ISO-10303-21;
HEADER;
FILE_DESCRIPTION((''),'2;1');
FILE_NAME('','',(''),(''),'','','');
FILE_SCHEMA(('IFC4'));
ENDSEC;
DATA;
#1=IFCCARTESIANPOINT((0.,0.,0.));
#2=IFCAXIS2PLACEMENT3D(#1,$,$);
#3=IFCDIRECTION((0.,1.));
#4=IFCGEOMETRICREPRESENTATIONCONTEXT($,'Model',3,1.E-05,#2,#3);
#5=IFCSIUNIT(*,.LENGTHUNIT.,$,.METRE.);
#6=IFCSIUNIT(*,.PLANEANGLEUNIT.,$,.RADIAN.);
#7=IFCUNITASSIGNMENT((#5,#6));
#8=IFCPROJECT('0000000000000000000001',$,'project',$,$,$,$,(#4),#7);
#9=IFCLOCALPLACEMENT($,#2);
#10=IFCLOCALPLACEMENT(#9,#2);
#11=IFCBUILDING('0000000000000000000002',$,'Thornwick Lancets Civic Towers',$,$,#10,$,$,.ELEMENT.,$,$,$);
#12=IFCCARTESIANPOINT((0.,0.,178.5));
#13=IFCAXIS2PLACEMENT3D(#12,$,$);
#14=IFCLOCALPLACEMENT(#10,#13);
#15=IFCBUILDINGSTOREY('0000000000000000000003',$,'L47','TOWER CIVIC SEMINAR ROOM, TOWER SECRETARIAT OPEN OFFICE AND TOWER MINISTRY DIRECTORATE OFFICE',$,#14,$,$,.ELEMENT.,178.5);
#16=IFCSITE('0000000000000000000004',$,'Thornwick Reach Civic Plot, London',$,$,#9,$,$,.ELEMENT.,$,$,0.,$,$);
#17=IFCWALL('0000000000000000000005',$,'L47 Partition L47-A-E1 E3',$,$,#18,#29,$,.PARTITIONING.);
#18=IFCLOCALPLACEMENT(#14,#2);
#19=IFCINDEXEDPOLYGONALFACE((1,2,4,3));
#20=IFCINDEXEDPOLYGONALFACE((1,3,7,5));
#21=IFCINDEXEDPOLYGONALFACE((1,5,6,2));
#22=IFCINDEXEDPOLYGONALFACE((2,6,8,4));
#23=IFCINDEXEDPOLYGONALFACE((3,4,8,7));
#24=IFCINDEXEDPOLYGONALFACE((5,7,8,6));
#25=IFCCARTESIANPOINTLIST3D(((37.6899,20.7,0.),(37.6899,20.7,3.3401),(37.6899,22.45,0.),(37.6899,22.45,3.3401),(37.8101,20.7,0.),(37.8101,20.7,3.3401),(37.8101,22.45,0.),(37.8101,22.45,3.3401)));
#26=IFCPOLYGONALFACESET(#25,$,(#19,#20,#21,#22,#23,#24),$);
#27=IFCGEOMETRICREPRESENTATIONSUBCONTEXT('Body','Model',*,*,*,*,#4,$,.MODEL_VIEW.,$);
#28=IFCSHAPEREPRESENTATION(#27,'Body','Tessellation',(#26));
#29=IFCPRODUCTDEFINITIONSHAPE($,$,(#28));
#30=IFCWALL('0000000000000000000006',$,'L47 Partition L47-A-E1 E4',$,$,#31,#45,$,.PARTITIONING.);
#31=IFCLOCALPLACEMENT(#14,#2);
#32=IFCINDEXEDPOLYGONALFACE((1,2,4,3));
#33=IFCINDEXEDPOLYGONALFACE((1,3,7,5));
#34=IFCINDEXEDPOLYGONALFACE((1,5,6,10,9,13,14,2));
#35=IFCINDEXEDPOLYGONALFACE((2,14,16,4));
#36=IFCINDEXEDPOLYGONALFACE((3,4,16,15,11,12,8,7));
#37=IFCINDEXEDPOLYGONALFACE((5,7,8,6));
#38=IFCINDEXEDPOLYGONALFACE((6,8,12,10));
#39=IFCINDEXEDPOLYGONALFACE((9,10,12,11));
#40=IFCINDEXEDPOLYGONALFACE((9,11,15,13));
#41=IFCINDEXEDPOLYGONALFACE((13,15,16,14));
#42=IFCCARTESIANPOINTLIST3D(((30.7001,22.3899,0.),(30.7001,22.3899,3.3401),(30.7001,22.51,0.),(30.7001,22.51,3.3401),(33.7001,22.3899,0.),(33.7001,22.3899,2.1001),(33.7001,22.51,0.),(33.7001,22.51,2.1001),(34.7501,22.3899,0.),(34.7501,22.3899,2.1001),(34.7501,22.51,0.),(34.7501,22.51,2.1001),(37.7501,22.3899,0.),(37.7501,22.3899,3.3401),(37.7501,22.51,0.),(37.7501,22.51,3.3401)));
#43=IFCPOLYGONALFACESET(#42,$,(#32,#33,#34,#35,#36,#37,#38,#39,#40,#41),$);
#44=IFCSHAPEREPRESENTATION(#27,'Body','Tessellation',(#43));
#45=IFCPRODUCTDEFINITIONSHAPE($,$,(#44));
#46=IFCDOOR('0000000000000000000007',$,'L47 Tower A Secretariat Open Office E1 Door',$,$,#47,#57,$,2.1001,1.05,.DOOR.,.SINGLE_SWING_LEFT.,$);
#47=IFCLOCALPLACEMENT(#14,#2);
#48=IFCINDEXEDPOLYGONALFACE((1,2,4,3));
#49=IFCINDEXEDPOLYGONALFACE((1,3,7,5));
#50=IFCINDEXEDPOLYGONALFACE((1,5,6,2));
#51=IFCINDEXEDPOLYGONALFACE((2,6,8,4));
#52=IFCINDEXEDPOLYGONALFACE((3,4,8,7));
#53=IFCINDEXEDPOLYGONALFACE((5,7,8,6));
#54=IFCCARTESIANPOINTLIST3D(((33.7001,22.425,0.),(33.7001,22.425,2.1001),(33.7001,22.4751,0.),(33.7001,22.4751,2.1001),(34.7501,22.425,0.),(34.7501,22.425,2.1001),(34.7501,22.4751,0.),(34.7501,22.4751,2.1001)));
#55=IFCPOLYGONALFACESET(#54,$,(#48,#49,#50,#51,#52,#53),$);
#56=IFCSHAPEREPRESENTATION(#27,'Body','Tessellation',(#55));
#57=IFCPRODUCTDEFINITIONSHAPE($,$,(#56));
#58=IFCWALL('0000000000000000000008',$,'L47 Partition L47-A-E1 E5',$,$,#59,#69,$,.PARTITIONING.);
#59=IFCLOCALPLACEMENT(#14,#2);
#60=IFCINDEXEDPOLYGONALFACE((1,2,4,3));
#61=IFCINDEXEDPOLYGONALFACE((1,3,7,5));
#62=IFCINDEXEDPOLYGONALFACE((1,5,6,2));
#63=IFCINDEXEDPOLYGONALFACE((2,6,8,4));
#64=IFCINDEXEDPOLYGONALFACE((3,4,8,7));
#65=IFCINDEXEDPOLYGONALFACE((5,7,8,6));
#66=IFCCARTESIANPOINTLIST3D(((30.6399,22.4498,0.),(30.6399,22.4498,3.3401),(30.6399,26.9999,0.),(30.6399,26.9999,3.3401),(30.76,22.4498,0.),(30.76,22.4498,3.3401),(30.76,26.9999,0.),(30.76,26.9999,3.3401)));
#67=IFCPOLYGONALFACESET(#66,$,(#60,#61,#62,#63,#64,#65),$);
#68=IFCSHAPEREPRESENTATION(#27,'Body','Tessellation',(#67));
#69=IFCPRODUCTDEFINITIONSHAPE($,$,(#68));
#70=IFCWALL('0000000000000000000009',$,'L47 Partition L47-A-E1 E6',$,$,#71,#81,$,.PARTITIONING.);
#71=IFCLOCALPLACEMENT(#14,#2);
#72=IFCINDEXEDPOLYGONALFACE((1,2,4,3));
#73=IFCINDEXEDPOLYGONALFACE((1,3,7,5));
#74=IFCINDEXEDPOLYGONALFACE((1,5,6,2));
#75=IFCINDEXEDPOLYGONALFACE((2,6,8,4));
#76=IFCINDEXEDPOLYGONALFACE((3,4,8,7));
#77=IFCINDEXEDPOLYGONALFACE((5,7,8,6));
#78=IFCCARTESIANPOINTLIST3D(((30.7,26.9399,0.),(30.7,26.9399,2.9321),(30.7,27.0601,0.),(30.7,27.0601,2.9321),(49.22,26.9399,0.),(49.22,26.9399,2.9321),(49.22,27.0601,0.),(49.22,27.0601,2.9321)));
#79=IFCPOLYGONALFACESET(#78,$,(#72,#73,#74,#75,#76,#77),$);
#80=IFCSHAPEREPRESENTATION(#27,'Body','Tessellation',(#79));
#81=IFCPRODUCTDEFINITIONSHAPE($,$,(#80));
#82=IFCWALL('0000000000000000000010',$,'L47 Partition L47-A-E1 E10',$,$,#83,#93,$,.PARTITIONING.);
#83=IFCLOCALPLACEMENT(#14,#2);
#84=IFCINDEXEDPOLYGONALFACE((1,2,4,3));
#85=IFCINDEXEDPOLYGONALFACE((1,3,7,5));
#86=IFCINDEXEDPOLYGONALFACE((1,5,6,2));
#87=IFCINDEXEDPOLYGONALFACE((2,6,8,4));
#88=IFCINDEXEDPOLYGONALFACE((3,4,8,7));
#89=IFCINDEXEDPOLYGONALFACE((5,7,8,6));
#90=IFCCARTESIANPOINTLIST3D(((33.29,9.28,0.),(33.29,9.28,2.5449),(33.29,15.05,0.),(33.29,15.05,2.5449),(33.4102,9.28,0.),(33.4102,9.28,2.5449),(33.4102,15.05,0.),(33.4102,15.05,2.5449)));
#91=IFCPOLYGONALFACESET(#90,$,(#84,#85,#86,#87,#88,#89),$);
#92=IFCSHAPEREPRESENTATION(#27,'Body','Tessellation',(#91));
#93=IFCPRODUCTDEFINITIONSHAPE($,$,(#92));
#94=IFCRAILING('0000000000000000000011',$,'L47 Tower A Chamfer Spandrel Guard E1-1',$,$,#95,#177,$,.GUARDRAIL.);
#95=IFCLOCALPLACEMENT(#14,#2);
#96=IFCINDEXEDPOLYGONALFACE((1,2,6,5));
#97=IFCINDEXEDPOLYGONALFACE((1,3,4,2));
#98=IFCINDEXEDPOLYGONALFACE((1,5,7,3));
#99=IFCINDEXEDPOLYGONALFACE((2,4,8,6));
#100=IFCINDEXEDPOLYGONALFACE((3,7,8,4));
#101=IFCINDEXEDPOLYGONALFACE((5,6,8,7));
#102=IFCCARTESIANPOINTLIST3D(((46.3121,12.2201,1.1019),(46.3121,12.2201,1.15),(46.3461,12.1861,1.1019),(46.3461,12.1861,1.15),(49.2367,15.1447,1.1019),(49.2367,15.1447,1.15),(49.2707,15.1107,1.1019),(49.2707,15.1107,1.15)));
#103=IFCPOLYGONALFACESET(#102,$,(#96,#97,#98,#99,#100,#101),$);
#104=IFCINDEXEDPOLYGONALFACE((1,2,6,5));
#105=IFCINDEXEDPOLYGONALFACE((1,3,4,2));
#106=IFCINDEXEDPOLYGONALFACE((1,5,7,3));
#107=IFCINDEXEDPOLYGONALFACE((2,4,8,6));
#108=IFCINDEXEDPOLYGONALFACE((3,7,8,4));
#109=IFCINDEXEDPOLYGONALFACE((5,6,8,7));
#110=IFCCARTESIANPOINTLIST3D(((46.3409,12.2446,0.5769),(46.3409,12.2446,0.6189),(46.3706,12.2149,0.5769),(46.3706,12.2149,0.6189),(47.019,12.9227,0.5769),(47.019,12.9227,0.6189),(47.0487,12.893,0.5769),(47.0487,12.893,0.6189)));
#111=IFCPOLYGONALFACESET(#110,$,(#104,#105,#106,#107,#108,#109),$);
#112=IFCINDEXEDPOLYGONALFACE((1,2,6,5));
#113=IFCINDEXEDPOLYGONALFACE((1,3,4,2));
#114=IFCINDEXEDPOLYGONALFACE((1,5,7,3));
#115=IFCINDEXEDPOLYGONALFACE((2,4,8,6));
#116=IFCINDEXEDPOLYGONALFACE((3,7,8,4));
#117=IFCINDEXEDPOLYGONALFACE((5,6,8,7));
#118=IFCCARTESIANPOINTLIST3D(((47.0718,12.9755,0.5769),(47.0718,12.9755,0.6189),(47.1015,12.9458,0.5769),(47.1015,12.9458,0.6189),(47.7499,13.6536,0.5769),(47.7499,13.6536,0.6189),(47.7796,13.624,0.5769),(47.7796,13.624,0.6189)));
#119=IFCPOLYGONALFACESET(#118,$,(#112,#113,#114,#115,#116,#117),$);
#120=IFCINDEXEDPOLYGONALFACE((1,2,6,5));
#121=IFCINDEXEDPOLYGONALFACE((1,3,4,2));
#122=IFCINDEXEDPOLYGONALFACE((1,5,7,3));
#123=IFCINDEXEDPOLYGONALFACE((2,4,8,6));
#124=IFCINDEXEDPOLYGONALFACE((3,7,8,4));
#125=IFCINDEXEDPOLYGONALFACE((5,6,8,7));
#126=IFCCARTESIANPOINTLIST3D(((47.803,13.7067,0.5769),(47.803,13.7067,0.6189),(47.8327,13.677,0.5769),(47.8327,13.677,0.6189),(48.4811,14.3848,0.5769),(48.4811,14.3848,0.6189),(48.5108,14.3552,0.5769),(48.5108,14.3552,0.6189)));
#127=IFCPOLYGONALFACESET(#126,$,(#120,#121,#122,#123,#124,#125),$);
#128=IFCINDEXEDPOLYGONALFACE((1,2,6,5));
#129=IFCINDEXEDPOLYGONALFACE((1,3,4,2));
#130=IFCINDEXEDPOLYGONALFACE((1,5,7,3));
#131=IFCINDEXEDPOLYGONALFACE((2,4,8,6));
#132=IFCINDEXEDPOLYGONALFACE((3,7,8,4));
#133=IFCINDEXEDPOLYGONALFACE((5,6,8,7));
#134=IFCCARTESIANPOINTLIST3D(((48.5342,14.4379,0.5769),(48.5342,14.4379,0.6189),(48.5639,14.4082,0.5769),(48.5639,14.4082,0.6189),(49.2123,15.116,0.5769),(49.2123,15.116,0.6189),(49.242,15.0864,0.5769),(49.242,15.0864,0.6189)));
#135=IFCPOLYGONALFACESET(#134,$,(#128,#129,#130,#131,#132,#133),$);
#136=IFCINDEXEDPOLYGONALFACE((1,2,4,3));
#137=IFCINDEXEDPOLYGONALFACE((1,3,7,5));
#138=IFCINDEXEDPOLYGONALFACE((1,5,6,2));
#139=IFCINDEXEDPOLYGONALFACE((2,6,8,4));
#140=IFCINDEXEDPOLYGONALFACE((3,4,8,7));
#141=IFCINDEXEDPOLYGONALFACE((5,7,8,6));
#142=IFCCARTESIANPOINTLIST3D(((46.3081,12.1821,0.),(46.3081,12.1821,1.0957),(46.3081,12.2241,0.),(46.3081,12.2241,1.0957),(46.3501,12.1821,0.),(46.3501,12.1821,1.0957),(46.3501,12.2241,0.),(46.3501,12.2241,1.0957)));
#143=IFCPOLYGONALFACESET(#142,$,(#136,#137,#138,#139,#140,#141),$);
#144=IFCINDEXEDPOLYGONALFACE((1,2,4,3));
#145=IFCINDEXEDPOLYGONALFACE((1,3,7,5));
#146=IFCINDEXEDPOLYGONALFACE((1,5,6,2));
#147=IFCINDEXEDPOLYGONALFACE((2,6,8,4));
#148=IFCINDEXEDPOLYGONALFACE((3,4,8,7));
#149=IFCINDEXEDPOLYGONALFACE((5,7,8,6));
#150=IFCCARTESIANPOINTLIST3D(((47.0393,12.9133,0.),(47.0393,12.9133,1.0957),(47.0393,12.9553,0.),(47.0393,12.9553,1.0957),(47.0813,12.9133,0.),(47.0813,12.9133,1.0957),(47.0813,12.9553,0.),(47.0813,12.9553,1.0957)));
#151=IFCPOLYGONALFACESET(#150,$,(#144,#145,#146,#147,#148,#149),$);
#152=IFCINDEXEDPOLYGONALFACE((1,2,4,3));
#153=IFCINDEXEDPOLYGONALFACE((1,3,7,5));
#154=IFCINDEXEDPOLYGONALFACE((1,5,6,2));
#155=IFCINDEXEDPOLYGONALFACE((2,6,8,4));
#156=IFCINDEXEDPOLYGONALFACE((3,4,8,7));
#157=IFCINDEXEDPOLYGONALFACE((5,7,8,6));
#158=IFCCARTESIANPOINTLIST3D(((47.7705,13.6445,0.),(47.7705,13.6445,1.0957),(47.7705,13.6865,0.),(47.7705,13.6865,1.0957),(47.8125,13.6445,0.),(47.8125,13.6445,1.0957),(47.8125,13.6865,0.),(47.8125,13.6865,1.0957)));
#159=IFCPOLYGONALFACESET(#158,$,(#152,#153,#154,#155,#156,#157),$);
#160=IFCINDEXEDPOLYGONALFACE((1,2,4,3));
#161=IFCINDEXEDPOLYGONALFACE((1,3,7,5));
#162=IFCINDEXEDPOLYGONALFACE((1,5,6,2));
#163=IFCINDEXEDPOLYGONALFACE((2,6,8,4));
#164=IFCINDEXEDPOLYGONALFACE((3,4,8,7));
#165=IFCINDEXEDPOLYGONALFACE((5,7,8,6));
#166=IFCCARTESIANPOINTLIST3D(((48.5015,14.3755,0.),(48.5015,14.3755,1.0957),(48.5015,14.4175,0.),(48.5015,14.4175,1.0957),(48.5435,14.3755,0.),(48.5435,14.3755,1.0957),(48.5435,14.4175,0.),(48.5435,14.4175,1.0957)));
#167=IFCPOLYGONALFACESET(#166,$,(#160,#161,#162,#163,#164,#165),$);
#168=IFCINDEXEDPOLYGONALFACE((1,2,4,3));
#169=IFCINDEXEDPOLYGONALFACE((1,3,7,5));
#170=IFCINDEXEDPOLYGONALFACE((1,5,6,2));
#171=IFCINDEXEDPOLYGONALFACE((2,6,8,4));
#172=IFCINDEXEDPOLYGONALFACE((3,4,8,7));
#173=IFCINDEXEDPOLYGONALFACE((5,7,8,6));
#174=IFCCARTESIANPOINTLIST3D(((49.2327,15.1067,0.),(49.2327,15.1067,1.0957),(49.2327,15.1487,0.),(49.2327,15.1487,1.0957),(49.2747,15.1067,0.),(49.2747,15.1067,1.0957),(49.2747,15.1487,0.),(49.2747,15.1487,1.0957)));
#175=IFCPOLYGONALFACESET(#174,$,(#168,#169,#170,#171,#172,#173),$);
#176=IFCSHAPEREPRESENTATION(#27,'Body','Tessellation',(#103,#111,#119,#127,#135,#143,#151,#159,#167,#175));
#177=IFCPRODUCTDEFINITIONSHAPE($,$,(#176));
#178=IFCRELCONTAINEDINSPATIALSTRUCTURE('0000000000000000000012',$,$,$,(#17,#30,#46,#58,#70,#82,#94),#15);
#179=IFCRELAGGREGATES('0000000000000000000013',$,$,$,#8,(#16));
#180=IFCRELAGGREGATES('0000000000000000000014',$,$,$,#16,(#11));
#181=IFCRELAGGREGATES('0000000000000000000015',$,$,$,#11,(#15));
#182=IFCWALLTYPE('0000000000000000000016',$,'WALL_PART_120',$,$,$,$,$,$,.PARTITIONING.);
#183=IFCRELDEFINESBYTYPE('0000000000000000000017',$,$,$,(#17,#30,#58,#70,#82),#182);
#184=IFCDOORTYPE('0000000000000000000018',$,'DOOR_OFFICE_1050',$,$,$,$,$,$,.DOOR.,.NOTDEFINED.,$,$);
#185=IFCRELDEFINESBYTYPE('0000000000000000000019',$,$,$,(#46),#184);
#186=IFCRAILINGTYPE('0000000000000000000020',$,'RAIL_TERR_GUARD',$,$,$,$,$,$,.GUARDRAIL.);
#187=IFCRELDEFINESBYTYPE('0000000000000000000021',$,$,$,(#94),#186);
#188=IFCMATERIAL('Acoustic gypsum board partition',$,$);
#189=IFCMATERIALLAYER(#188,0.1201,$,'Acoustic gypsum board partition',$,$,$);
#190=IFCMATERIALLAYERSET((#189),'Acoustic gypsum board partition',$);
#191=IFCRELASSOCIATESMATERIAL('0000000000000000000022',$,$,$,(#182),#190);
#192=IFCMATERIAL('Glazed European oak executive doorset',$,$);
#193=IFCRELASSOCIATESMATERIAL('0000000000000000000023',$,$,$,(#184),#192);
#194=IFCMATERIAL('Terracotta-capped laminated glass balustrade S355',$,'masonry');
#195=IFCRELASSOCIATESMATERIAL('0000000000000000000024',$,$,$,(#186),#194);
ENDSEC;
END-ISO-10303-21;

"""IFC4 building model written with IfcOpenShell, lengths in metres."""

from ifc_helpers import new_model, si_unit, direction, frame, frame_2d, origin, origin_2d, place, context, subcontext, project, spatial, rectangle, extrude, material, layer, layer_set, type_object, element, fill, save


model = new_model("IFC4")

# Units and contexts
model_context = context("Model", 3, precision=1e-05, world=origin(), true_north=direction((0.0, 1.0)))
body_context = subcontext(model_context, "Body", "Model", "MODEL_VIEW")
ifc_project = project(units=[si_unit("LENGTHUNIT", "METRE"), si_unit("PLANEANGLEUNIT", "RADIAN")], contexts=[model_context])

# Site, building, storey
site_placement = place(None, origin())
site = spatial("IfcSite", under=ifc_project, at=site_placement, Name="Thornwick Reach Civic Plot, London", CompositionType="ELEMENT", RefElevation=0.0)
building_placement = place(site_placement, origin())
building = spatial("IfcBuilding", under=site, at=building_placement, Name="Thornwick Lancets Civic Towers", CompositionType="ELEMENT")
storey_placement = place(building_placement, frame((0.0, 0.0, 178.5)))
storey = spatial("IfcBuildingStorey", under=building, at=storey_placement, Name="L47", Description="TOWER CIVIC SEMINAR ROOM, TOWER SECRETARIAT OPEN OFFICE AND TOWER MINISTRY DIRECTORATE OFFICE", CompositionType="ELEMENT", Elevation=178.5)

# Shared definitions
ifc_material_1 = material(Name="Acoustic gypsum board partition")
ifc_layer_1 = layer(ifc_material_1, 0.1201, Name="Acoustic gypsum board partition")
ifc_layer_set_1 = layer_set([ifc_layer_1], Name="Acoustic gypsum board partition")
wall_type_1 = type_object("IfcWallType", Name="WALL_PART_120", PredefinedType="PARTITIONING", material=ifc_layer_set_1)

# Wall
wall_1_placement = place(storey_placement, frame((37.75, 20.7, 0.0), z_axis=(0.0, 0.0, 1.0), x_axis=(0.0, 1.0, 0.0)))
element("IfcWall", 1, at=wall_1_placement, inside=storey, type_object=wall_type_1, Name="L47 Partition L47-A-E1 E3", PredefinedType="PARTITIONING", context=body_context, shape_type="SweptSolid", body=[
    extrude(rectangle(XDim=1.75, YDim=0.1201, at=frame_2d((0.875, 0.0))), origin(), (0.0, 0.0, 1.0), 3.3401),
])

# Wall, opening, door
wall_2_placement = place(storey_placement, frame((37.75, 22.45, 0.0), z_axis=(0.0, 0.0, 1.0), x_axis=(-1.0, 0.0, 0.0)))
wall_2 = element("IfcWall", 2, at=wall_2_placement, inside=storey, type_object=wall_type_1, Name="L47 Partition L47-A-E1 E4", PredefinedType="PARTITIONING", context=body_context, shape_type="SweptSolid", body=[
    extrude(rectangle(XDim=7.05, YDim=0.1201, at=frame_2d((3.5249, 0.0))), origin(), (0.0, 0.0, 1.0), 3.3401),
])
opening_1_placement = place(wall_2_placement, frame((3.0, 0.0, 0.0)))
opening_1 = element("IfcOpeningElement", 3, at=opening_1_placement, cuts=wall_2, PredefinedType="OPENING", context=body_context, shape_type="SweptSolid", body=[
    extrude(rectangle(XDim=1.05, YDim=2.1001, at=frame_2d((0.5249, 1.05))), frame((0.0, 0.0701, 0.0), z_axis=(0.0, -1.0, 0.0), x_axis=(1.0, 0.0, 0.0)), (0.0, 0.0, 1.0), 0.1401),
])
ifc_material_2 = material(Name="Glazed European oak executive doorset")
door_type_1 = type_object("IfcDoorType", Name="DOOR_OFFICE_1050", OperationType="NOTDEFINED", PredefinedType="DOOR", material=ifc_material_2)
door_1_placement = place(opening_1_placement, origin())
door_1 = element("IfcDoor", 4, at=door_1_placement, inside=storey, type_object=door_type_1, Name="L47 Tower A Secretariat Open Office E1 Door", OperationType="SINGLE_SWING_LEFT", OverallHeight=2.1001, OverallWidth=1.05, PredefinedType="DOOR", context=body_context, shape_type="SweptSolid", body=[
    extrude(rectangle(XDim=1.05, YDim=2.1001, at=frame_2d((0.5249, 1.05))), frame((0.0, 0.0249, 0.0), z_axis=(0.0, -1.0, 0.0), x_axis=(1.0, 0.0, 0.0)), (0.0, 0.0, 1.0), 0.05),
])
fill(opening_1, door_1)

# Walls
wall_3_placement = place(storey_placement, frame((30.7, 22.45, 0.0), z_axis=(0.0, 0.0, 1.0), x_axis=(0.0, 1.0, 0.0)))
element("IfcWall", 5, at=wall_3_placement, inside=storey, type_object=wall_type_1, Name="L47 Partition L47-A-E1 E5", PredefinedType="PARTITIONING", context=body_context, shape_type="SweptSolid", body=[
    extrude(rectangle(XDim=4.55, YDim=0.1201, at=frame_2d((2.2749, 0.0))), origin(), (0.0, 0.0, 1.0), 3.3401),
])
wall_4_placement = place(storey_placement, frame((30.7, 27.0, 0.0), z_axis=(0.0, 0.0, 1.0), x_axis=(1.0, 0.0, 0.0)))
element("IfcWall", 6, at=wall_4_placement, inside=storey, type_object=wall_type_1, Name="L47 Partition L47-A-E1 E6", PredefinedType="PARTITIONING", context=body_context, shape_type="SweptSolid", body=[
    extrude(rectangle(XDim=18.52, YDim=0.1201, at=frame_2d((9.26, 0.0))), origin(), (0.0, 0.0, 1.0), 2.9321),
])
wall_5_placement = place(storey_placement, frame((33.3501, 9.28, 0.0), z_axis=(0.0, 0.0, 1.0), x_axis=(0.0, 1.0, 0.0)))
element("IfcWall", 7, at=wall_5_placement, inside=storey, type_object=wall_type_1, Name="L47 Partition L47-A-E1 E10", PredefinedType="PARTITIONING", context=body_context, shape_type="SweptSolid", body=[
    extrude(rectangle(XDim=5.77, YDim=0.1201, at=frame_2d((2.885, 0.0))), origin(), (0.0, 0.0, 1.0), 2.5449),
])

# Railing
ifc_material_3 = material(Name="Terracotta-capped laminated glass balustrade S355", Category="masonry")
railing_type = type_object("IfcRailingType", Name="RAIL_TERR_GUARD", PredefinedType="GUARDRAIL", material=ifc_material_3)
railing_placement = place(storey_placement, frame((46.3291, 12.2031, 0.0)))
element("IfcRailing", 8, at=railing_placement, inside=storey, type_object=railing_type, Name="L47 Tower A Chamfer Spandrel Guard E1-1", PredefinedType="GUARDRAIL", context=body_context, shape_type="SweptSolid", body=[
    extrude(rectangle(XDim=0.0481, YDim=0.0481, at=origin_2d()), frame((0.0, 0.0, 1.126), z_axis=(0.707107, 0.707107, 0.0), x_axis=(-0.707107, 0.707107, 0.0)), (0.0, 0.0, 1.0), 4.136),
    extrude(rectangle(XDim=0.042, YDim=0.042, at=origin_2d()), frame((0.0266, 0.0266, 0.5979), z_axis=(0.707107, 0.707107, 0.0), x_axis=(-0.707107, 0.707107, 0.0)), (0.0, 0.0, 1.0), 0.959),
    extrude(rectangle(XDim=0.042, YDim=0.042, at=origin_2d()), frame((0.7576, 0.7576, 0.5979), z_axis=(0.707107, 0.707107, 0.0), x_axis=(-0.707107, 0.707107, 0.0)), (0.0, 0.0, 1.0), 0.959),
    extrude(rectangle(XDim=0.042, YDim=0.042, at=origin_2d()), frame((1.4888, 1.4888, 0.5979), z_axis=(0.707107, 0.707107, 0.0), x_axis=(-0.707107, 0.707107, 0.0)), (0.0, 0.0, 1.0), 0.959),
    extrude(rectangle(XDim=0.042, YDim=0.042, at=origin_2d()), frame((2.22, 2.22, 0.5979), z_axis=(0.707107, 0.707107, 0.0), x_axis=(-0.707107, 0.707107, 0.0)), (0.0, 0.0, 1.0), 0.959),
    extrude(rectangle(XDim=0.042, YDim=0.042, at=origin_2d()), origin(), (0.0, 0.0, 1.0), 1.0957),
    extrude(rectangle(XDim=0.042, YDim=0.042, at=origin_2d()), frame((0.7312, 0.7312, 0.0)), (0.0, 0.0, 1.0), 1.0957),
    extrude(rectangle(XDim=0.042, YDim=0.042, at=origin_2d()), frame((1.4624, 1.4624, 0.0)), (0.0, 0.0, 1.0), 1.0957),
    extrude(rectangle(XDim=0.042, YDim=0.042, at=origin_2d()), frame((2.1934, 2.1934, 0.0)), (0.0, 0.0, 1.0), 1.0957),
    extrude(rectangle(XDim=0.042, YDim=0.042, at=origin_2d()), frame((2.9246, 2.9246, 0.0)), (0.0, 0.0, 1.0), 1.0957),
])

save(model, "model.ifc")
